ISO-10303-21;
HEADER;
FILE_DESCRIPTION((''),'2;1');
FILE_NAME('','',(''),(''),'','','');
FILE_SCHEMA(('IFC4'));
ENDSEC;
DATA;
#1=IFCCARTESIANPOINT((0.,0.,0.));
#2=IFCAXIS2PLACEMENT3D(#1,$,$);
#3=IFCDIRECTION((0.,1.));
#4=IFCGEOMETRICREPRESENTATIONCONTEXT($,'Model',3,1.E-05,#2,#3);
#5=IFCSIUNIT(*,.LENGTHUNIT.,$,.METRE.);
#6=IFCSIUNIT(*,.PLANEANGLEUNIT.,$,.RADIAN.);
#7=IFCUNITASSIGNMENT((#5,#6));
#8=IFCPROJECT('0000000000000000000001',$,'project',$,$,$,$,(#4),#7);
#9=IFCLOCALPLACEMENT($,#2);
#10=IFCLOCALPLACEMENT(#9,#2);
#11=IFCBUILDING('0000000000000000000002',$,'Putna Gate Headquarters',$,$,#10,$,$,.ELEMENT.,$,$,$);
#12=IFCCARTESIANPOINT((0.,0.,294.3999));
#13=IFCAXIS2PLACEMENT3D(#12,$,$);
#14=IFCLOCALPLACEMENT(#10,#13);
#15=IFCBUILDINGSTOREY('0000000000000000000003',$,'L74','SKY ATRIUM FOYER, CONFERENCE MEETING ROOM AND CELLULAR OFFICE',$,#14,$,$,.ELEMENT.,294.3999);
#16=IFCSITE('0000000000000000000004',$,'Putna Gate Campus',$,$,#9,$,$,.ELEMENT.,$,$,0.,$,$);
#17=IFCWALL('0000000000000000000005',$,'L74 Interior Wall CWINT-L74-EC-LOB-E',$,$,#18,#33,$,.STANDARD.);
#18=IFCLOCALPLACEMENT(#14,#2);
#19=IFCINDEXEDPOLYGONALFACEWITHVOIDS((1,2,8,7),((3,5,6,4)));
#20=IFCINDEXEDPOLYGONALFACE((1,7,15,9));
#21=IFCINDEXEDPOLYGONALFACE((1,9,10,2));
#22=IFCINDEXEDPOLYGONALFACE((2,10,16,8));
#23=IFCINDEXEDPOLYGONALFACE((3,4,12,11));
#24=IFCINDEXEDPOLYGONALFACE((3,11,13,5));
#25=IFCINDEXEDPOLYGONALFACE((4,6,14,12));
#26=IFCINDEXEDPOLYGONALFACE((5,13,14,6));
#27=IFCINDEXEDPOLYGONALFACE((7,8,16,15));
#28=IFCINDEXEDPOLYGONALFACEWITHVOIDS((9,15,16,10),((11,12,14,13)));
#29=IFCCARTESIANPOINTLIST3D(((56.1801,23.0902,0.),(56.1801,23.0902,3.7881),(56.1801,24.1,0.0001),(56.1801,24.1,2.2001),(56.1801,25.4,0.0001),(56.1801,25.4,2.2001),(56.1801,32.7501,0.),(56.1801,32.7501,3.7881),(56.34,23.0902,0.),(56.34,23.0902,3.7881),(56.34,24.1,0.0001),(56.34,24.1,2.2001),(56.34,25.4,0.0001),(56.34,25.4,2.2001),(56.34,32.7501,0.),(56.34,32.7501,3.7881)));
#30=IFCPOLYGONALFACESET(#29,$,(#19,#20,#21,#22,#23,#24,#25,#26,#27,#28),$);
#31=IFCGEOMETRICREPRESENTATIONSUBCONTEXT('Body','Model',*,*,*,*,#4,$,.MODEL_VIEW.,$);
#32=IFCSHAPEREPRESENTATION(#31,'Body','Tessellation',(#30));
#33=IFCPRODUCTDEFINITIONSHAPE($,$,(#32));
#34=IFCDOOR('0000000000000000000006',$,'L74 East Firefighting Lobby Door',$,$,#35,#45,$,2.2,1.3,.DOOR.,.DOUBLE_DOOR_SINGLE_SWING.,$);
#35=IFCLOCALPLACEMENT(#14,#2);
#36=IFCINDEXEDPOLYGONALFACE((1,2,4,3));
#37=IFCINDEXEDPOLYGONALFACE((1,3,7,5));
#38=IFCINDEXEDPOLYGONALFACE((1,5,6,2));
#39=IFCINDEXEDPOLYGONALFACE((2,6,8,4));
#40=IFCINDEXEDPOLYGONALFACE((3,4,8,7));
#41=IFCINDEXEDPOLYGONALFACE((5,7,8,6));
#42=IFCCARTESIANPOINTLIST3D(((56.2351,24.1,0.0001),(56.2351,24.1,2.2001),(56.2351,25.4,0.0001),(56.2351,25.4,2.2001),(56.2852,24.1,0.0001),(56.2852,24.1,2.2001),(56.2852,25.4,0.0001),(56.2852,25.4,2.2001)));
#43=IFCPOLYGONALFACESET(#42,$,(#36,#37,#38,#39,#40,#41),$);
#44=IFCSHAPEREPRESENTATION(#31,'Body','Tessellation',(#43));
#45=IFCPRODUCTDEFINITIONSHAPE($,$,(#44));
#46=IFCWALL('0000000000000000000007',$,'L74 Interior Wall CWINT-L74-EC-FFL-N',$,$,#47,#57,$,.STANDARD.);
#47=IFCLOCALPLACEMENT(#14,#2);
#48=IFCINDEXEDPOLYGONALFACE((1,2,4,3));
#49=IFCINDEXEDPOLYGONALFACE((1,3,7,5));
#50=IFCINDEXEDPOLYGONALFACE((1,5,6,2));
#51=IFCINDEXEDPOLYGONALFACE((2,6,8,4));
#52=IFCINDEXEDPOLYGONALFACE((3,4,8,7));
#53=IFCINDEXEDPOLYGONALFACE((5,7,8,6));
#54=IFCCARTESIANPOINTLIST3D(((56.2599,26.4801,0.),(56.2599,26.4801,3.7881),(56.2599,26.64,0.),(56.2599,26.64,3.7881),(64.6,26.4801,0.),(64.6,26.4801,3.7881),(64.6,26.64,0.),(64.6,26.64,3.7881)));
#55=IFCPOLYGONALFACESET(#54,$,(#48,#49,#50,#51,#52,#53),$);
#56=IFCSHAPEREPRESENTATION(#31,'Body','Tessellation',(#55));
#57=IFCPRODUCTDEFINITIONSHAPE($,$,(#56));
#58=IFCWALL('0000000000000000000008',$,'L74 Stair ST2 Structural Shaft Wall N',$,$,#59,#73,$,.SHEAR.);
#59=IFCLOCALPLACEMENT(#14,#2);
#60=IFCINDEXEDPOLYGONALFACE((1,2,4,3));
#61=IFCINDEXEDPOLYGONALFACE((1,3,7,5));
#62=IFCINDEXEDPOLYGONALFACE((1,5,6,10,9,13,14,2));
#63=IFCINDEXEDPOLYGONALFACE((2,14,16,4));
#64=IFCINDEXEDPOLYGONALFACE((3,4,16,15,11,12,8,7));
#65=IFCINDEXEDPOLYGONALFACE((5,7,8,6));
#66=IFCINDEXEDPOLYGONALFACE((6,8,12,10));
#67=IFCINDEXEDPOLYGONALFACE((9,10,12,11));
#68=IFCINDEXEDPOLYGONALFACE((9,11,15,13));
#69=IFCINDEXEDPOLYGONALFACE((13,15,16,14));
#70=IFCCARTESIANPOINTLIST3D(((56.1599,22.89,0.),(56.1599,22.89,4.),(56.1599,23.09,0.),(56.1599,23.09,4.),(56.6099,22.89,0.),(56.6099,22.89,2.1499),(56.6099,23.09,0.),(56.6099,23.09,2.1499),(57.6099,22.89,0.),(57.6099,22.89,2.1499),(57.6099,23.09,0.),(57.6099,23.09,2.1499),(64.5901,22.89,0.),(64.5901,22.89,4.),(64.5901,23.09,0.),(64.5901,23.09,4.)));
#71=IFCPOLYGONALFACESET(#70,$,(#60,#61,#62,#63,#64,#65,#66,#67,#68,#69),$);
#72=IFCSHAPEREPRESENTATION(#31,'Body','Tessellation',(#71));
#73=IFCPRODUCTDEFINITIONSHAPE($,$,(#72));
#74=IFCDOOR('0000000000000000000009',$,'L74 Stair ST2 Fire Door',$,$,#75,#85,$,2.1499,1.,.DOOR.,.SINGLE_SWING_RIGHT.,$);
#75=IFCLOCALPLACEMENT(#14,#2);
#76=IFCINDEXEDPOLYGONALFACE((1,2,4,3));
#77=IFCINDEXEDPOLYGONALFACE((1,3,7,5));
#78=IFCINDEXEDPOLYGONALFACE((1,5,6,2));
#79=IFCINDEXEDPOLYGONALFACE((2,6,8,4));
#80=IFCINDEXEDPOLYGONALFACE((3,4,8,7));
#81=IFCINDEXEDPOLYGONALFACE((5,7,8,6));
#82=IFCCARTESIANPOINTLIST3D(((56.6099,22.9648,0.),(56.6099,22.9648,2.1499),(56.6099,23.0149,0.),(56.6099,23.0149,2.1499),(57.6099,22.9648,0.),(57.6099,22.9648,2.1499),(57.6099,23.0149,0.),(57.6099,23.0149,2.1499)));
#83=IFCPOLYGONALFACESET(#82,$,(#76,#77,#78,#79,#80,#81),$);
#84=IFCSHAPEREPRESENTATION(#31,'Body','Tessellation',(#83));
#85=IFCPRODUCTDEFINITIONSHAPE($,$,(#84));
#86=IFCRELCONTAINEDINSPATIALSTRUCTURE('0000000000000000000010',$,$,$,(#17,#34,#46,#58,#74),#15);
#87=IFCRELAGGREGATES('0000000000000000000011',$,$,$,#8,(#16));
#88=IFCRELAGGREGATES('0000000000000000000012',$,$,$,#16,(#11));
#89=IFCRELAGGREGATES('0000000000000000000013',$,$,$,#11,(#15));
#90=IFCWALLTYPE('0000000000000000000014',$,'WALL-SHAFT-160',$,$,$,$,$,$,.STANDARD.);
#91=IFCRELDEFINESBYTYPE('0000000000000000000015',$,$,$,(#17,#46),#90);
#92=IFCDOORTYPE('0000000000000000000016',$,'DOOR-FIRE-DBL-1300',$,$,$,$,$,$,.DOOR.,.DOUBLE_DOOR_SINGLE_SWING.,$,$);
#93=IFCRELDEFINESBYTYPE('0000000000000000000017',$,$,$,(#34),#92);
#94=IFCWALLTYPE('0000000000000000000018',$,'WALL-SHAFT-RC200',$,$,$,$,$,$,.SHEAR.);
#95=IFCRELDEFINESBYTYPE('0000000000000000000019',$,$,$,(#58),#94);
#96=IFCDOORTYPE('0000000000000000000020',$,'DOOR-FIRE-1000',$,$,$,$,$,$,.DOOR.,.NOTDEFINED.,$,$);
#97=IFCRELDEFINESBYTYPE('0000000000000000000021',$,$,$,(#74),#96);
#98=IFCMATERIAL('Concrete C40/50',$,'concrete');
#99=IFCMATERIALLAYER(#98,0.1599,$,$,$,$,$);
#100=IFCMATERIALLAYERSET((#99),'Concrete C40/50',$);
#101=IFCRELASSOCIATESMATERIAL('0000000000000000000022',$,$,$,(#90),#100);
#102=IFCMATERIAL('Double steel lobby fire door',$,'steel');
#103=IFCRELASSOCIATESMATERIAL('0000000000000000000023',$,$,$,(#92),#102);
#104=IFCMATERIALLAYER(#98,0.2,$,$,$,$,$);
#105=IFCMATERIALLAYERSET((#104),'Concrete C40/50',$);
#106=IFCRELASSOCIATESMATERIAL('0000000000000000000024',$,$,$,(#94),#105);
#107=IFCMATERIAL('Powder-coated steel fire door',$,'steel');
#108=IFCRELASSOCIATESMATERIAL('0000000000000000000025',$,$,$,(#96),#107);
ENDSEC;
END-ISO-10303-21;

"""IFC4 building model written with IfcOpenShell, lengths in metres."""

from ifc_helpers import new_model, si_unit, direction, frame, frame_2d, origin, place, context, subcontext, project, spatial, rectangle, extrude, material, layer, layer_set, type_object, element, fill, save


model = new_model("IFC4")

# Units and contexts
model_context = context("Model", 3, precision=1e-05, world=origin(), true_north=direction((0.0, 1.0)))
body_context = subcontext(model_context, "Body", "Model", "MODEL_VIEW")
ifc_project = project(units=[si_unit("LENGTHUNIT", "METRE"), si_unit("PLANEANGLEUNIT", "RADIAN")], contexts=[model_context])

# Site, building, storey
site_placement = place(None, origin())
site = spatial("IfcSite", under=ifc_project, at=site_placement, Name="Putna Gate Campus", CompositionType="ELEMENT", RefElevation=0.0)
building_placement = place(site_placement, origin())
building = spatial("IfcBuilding", under=site, at=building_placement, Name="Putna Gate Headquarters", CompositionType="ELEMENT")
storey_placement = place(building_placement, frame((0.0, 0.0, 294.3999)))
storey = spatial("IfcBuildingStorey", under=building, at=storey_placement, Name="L74", Description="SKY ATRIUM FOYER, CONFERENCE MEETING ROOM AND CELLULAR OFFICE", CompositionType="ELEMENT", Elevation=294.3999)

# Wall, opening, door
ifc_material_1 = material(Name="Concrete C40/50", Category="concrete")
ifc_layer_1 = layer(ifc_material_1, 0.1599)
ifc_layer_set_1 = layer_set([ifc_layer_1], Name="Concrete C40/50")
wall_type_1 = type_object("IfcWallType", Name="WALL-SHAFT-160", PredefinedType="STANDARD", material=ifc_layer_set_1)
wall_1_placement = place(storey_placement, frame((56.26, 23.0901, 0.0), z_axis=(0.0, 0.0, 1.0), x_axis=(0.0, 1.0, 0.0)))
wall_1 = element("IfcWall", 1, at=wall_1_placement, inside=storey, type_object=wall_type_1, Name="L74 Interior Wall CWINT-L74-EC-LOB-E", PredefinedType="STANDARD", context=body_context, shape_type="SweptSolid", body=[
    extrude(rectangle(XDim=9.6599, YDim=0.1599, at=frame_2d((4.8301, 0.0))), origin(), (0.0, 0.0, 1.0), 3.7881),
])
opening_1_placement = place(wall_1_placement, frame((1.01, 0.0, 0.0)))
opening_1 = element("IfcOpeningElement", 2, at=opening_1_placement, cuts=wall_1, PredefinedType="OPENING", context=body_context, shape_type="SweptSolid", body=[
    extrude(rectangle(XDim=1.3, YDim=2.2, at=frame_2d((0.6499, 1.1001))), frame((0.0, 0.0898, 0.0), z_axis=(0.0, -1.0, 0.0), x_axis=(1.0, 0.0, 0.0)), (0.0, 0.0, 1.0), 0.1799),
])
ifc_material_2 = material(Name="Double steel lobby fire door", Category="steel")
door_type_1 = type_object("IfcDoorType", Name="DOOR-FIRE-DBL-1300", OperationType="DOUBLE_DOOR_SINGLE_SWING", PredefinedType="DOOR", material=ifc_material_2)
door_1_placement = place(opening_1_placement, origin())
door_1 = element("IfcDoor", 3, at=door_1_placement, inside=storey, type_object=door_type_1, Name="L74 East Firefighting Lobby Door", OperationType="DOUBLE_DOOR_SINGLE_SWING", OverallHeight=2.2, OverallWidth=1.3, PredefinedType="DOOR", context=body_context, shape_type="SweptSolid", body=[
    extrude(rectangle(XDim=1.3, YDim=2.2, at=frame_2d((0.6499, 1.1001))), frame((0.0, 0.0249, 0.0), z_axis=(0.0, -1.0, 0.0), x_axis=(1.0, 0.0, 0.0)), (0.0, 0.0, 1.0), 0.05),
])
fill(opening_1, door_1)

# Wall
wall_2_placement = place(storey_placement, frame((56.26, 26.5601, 0.0), z_axis=(0.0, 0.0, 1.0), x_axis=(1.0, 0.0, 0.0)))
element("IfcWall", 4, at=wall_2_placement, inside=storey, type_object=wall_type_1, Name="L74 Interior Wall CWINT-L74-EC-FFL-N", PredefinedType="STANDARD", context=body_context, shape_type="SweptSolid", body=[
    extrude(rectangle(XDim=8.3401, YDim=0.1599, at=frame_2d((4.1699, 0.0))), origin(), (0.0, 0.0, 1.0), 3.7881),
])

# Wall, opening, door
ifc_layer_2 = layer(ifc_material_1, 0.2)
ifc_layer_set_2 = layer_set([ifc_layer_2], Name="Concrete C40/50")
wall_type_2 = type_object("IfcWallType", Name="WALL-SHAFT-RC200", PredefinedType="SHEAR", material=ifc_layer_set_2)
wall_3_placement = place(storey_placement, frame((56.1599, 22.99, 0.0), z_axis=(0.0, 0.0, 1.0), x_axis=(1.0, 0.0, 0.0)))
wall_3 = element("IfcWall", 5, at=wall_3_placement, inside=storey, type_object=wall_type_2, Name="L74 Stair ST2 Structural Shaft Wall N", PredefinedType="SHEAR", context=body_context, shape_type="SweptSolid", body=[
    extrude(rectangle(XDim=8.4302, YDim=0.2, at=frame_2d((4.2151, 0.0))), origin(), (0.0, 0.0, 1.0), 4.0),
])
opening_2_placement = place(wall_3_placement, frame((0.45, 0.0, 0.0)))
opening_2 = element("IfcOpeningElement", 6, at=opening_2_placement, cuts=wall_3, PredefinedType="OPENING", context=body_context, shape_type="SweptSolid", body=[
    extrude(rectangle(XDim=1.0, YDim=2.1499, at=frame_2d((0.5, 1.075))), frame((0.0, 0.1099, 0.0), z_axis=(0.0, -1.0, 0.0), x_axis=(1.0, 0.0, 0.0)), (0.0, 0.0, 1.0), 0.22),
])
ifc_material_3 = material(Name="Powder-coated steel fire door", Category="steel")
door_type_2 = type_object("IfcDoorType", Name="DOOR-FIRE-1000", OperationType="NOTDEFINED", PredefinedType="DOOR", material=ifc_material_3)
door_2_placement = place(opening_2_placement, origin())
door_2 = element("IfcDoor", 7, at=door_2_placement, inside=storey, type_object=door_type_2, Name="L74 Stair ST2 Fire Door", OperationType="SINGLE_SWING_RIGHT", OverallHeight=2.1499, OverallWidth=1.0, PredefinedType="DOOR", context=body_context, shape_type="SweptSolid", body=[
    extrude(rectangle(XDim=1.0, YDim=2.1499, at=frame_2d((0.5, 1.075))), frame((0.0, 0.0249, 0.0), z_axis=(0.0, -1.0, 0.0), x_axis=(1.0, 0.0, 0.0)), (0.0, 0.0, 1.0), 0.05),
])
fill(opening_2, door_2)

save(model, "model.ifc")
